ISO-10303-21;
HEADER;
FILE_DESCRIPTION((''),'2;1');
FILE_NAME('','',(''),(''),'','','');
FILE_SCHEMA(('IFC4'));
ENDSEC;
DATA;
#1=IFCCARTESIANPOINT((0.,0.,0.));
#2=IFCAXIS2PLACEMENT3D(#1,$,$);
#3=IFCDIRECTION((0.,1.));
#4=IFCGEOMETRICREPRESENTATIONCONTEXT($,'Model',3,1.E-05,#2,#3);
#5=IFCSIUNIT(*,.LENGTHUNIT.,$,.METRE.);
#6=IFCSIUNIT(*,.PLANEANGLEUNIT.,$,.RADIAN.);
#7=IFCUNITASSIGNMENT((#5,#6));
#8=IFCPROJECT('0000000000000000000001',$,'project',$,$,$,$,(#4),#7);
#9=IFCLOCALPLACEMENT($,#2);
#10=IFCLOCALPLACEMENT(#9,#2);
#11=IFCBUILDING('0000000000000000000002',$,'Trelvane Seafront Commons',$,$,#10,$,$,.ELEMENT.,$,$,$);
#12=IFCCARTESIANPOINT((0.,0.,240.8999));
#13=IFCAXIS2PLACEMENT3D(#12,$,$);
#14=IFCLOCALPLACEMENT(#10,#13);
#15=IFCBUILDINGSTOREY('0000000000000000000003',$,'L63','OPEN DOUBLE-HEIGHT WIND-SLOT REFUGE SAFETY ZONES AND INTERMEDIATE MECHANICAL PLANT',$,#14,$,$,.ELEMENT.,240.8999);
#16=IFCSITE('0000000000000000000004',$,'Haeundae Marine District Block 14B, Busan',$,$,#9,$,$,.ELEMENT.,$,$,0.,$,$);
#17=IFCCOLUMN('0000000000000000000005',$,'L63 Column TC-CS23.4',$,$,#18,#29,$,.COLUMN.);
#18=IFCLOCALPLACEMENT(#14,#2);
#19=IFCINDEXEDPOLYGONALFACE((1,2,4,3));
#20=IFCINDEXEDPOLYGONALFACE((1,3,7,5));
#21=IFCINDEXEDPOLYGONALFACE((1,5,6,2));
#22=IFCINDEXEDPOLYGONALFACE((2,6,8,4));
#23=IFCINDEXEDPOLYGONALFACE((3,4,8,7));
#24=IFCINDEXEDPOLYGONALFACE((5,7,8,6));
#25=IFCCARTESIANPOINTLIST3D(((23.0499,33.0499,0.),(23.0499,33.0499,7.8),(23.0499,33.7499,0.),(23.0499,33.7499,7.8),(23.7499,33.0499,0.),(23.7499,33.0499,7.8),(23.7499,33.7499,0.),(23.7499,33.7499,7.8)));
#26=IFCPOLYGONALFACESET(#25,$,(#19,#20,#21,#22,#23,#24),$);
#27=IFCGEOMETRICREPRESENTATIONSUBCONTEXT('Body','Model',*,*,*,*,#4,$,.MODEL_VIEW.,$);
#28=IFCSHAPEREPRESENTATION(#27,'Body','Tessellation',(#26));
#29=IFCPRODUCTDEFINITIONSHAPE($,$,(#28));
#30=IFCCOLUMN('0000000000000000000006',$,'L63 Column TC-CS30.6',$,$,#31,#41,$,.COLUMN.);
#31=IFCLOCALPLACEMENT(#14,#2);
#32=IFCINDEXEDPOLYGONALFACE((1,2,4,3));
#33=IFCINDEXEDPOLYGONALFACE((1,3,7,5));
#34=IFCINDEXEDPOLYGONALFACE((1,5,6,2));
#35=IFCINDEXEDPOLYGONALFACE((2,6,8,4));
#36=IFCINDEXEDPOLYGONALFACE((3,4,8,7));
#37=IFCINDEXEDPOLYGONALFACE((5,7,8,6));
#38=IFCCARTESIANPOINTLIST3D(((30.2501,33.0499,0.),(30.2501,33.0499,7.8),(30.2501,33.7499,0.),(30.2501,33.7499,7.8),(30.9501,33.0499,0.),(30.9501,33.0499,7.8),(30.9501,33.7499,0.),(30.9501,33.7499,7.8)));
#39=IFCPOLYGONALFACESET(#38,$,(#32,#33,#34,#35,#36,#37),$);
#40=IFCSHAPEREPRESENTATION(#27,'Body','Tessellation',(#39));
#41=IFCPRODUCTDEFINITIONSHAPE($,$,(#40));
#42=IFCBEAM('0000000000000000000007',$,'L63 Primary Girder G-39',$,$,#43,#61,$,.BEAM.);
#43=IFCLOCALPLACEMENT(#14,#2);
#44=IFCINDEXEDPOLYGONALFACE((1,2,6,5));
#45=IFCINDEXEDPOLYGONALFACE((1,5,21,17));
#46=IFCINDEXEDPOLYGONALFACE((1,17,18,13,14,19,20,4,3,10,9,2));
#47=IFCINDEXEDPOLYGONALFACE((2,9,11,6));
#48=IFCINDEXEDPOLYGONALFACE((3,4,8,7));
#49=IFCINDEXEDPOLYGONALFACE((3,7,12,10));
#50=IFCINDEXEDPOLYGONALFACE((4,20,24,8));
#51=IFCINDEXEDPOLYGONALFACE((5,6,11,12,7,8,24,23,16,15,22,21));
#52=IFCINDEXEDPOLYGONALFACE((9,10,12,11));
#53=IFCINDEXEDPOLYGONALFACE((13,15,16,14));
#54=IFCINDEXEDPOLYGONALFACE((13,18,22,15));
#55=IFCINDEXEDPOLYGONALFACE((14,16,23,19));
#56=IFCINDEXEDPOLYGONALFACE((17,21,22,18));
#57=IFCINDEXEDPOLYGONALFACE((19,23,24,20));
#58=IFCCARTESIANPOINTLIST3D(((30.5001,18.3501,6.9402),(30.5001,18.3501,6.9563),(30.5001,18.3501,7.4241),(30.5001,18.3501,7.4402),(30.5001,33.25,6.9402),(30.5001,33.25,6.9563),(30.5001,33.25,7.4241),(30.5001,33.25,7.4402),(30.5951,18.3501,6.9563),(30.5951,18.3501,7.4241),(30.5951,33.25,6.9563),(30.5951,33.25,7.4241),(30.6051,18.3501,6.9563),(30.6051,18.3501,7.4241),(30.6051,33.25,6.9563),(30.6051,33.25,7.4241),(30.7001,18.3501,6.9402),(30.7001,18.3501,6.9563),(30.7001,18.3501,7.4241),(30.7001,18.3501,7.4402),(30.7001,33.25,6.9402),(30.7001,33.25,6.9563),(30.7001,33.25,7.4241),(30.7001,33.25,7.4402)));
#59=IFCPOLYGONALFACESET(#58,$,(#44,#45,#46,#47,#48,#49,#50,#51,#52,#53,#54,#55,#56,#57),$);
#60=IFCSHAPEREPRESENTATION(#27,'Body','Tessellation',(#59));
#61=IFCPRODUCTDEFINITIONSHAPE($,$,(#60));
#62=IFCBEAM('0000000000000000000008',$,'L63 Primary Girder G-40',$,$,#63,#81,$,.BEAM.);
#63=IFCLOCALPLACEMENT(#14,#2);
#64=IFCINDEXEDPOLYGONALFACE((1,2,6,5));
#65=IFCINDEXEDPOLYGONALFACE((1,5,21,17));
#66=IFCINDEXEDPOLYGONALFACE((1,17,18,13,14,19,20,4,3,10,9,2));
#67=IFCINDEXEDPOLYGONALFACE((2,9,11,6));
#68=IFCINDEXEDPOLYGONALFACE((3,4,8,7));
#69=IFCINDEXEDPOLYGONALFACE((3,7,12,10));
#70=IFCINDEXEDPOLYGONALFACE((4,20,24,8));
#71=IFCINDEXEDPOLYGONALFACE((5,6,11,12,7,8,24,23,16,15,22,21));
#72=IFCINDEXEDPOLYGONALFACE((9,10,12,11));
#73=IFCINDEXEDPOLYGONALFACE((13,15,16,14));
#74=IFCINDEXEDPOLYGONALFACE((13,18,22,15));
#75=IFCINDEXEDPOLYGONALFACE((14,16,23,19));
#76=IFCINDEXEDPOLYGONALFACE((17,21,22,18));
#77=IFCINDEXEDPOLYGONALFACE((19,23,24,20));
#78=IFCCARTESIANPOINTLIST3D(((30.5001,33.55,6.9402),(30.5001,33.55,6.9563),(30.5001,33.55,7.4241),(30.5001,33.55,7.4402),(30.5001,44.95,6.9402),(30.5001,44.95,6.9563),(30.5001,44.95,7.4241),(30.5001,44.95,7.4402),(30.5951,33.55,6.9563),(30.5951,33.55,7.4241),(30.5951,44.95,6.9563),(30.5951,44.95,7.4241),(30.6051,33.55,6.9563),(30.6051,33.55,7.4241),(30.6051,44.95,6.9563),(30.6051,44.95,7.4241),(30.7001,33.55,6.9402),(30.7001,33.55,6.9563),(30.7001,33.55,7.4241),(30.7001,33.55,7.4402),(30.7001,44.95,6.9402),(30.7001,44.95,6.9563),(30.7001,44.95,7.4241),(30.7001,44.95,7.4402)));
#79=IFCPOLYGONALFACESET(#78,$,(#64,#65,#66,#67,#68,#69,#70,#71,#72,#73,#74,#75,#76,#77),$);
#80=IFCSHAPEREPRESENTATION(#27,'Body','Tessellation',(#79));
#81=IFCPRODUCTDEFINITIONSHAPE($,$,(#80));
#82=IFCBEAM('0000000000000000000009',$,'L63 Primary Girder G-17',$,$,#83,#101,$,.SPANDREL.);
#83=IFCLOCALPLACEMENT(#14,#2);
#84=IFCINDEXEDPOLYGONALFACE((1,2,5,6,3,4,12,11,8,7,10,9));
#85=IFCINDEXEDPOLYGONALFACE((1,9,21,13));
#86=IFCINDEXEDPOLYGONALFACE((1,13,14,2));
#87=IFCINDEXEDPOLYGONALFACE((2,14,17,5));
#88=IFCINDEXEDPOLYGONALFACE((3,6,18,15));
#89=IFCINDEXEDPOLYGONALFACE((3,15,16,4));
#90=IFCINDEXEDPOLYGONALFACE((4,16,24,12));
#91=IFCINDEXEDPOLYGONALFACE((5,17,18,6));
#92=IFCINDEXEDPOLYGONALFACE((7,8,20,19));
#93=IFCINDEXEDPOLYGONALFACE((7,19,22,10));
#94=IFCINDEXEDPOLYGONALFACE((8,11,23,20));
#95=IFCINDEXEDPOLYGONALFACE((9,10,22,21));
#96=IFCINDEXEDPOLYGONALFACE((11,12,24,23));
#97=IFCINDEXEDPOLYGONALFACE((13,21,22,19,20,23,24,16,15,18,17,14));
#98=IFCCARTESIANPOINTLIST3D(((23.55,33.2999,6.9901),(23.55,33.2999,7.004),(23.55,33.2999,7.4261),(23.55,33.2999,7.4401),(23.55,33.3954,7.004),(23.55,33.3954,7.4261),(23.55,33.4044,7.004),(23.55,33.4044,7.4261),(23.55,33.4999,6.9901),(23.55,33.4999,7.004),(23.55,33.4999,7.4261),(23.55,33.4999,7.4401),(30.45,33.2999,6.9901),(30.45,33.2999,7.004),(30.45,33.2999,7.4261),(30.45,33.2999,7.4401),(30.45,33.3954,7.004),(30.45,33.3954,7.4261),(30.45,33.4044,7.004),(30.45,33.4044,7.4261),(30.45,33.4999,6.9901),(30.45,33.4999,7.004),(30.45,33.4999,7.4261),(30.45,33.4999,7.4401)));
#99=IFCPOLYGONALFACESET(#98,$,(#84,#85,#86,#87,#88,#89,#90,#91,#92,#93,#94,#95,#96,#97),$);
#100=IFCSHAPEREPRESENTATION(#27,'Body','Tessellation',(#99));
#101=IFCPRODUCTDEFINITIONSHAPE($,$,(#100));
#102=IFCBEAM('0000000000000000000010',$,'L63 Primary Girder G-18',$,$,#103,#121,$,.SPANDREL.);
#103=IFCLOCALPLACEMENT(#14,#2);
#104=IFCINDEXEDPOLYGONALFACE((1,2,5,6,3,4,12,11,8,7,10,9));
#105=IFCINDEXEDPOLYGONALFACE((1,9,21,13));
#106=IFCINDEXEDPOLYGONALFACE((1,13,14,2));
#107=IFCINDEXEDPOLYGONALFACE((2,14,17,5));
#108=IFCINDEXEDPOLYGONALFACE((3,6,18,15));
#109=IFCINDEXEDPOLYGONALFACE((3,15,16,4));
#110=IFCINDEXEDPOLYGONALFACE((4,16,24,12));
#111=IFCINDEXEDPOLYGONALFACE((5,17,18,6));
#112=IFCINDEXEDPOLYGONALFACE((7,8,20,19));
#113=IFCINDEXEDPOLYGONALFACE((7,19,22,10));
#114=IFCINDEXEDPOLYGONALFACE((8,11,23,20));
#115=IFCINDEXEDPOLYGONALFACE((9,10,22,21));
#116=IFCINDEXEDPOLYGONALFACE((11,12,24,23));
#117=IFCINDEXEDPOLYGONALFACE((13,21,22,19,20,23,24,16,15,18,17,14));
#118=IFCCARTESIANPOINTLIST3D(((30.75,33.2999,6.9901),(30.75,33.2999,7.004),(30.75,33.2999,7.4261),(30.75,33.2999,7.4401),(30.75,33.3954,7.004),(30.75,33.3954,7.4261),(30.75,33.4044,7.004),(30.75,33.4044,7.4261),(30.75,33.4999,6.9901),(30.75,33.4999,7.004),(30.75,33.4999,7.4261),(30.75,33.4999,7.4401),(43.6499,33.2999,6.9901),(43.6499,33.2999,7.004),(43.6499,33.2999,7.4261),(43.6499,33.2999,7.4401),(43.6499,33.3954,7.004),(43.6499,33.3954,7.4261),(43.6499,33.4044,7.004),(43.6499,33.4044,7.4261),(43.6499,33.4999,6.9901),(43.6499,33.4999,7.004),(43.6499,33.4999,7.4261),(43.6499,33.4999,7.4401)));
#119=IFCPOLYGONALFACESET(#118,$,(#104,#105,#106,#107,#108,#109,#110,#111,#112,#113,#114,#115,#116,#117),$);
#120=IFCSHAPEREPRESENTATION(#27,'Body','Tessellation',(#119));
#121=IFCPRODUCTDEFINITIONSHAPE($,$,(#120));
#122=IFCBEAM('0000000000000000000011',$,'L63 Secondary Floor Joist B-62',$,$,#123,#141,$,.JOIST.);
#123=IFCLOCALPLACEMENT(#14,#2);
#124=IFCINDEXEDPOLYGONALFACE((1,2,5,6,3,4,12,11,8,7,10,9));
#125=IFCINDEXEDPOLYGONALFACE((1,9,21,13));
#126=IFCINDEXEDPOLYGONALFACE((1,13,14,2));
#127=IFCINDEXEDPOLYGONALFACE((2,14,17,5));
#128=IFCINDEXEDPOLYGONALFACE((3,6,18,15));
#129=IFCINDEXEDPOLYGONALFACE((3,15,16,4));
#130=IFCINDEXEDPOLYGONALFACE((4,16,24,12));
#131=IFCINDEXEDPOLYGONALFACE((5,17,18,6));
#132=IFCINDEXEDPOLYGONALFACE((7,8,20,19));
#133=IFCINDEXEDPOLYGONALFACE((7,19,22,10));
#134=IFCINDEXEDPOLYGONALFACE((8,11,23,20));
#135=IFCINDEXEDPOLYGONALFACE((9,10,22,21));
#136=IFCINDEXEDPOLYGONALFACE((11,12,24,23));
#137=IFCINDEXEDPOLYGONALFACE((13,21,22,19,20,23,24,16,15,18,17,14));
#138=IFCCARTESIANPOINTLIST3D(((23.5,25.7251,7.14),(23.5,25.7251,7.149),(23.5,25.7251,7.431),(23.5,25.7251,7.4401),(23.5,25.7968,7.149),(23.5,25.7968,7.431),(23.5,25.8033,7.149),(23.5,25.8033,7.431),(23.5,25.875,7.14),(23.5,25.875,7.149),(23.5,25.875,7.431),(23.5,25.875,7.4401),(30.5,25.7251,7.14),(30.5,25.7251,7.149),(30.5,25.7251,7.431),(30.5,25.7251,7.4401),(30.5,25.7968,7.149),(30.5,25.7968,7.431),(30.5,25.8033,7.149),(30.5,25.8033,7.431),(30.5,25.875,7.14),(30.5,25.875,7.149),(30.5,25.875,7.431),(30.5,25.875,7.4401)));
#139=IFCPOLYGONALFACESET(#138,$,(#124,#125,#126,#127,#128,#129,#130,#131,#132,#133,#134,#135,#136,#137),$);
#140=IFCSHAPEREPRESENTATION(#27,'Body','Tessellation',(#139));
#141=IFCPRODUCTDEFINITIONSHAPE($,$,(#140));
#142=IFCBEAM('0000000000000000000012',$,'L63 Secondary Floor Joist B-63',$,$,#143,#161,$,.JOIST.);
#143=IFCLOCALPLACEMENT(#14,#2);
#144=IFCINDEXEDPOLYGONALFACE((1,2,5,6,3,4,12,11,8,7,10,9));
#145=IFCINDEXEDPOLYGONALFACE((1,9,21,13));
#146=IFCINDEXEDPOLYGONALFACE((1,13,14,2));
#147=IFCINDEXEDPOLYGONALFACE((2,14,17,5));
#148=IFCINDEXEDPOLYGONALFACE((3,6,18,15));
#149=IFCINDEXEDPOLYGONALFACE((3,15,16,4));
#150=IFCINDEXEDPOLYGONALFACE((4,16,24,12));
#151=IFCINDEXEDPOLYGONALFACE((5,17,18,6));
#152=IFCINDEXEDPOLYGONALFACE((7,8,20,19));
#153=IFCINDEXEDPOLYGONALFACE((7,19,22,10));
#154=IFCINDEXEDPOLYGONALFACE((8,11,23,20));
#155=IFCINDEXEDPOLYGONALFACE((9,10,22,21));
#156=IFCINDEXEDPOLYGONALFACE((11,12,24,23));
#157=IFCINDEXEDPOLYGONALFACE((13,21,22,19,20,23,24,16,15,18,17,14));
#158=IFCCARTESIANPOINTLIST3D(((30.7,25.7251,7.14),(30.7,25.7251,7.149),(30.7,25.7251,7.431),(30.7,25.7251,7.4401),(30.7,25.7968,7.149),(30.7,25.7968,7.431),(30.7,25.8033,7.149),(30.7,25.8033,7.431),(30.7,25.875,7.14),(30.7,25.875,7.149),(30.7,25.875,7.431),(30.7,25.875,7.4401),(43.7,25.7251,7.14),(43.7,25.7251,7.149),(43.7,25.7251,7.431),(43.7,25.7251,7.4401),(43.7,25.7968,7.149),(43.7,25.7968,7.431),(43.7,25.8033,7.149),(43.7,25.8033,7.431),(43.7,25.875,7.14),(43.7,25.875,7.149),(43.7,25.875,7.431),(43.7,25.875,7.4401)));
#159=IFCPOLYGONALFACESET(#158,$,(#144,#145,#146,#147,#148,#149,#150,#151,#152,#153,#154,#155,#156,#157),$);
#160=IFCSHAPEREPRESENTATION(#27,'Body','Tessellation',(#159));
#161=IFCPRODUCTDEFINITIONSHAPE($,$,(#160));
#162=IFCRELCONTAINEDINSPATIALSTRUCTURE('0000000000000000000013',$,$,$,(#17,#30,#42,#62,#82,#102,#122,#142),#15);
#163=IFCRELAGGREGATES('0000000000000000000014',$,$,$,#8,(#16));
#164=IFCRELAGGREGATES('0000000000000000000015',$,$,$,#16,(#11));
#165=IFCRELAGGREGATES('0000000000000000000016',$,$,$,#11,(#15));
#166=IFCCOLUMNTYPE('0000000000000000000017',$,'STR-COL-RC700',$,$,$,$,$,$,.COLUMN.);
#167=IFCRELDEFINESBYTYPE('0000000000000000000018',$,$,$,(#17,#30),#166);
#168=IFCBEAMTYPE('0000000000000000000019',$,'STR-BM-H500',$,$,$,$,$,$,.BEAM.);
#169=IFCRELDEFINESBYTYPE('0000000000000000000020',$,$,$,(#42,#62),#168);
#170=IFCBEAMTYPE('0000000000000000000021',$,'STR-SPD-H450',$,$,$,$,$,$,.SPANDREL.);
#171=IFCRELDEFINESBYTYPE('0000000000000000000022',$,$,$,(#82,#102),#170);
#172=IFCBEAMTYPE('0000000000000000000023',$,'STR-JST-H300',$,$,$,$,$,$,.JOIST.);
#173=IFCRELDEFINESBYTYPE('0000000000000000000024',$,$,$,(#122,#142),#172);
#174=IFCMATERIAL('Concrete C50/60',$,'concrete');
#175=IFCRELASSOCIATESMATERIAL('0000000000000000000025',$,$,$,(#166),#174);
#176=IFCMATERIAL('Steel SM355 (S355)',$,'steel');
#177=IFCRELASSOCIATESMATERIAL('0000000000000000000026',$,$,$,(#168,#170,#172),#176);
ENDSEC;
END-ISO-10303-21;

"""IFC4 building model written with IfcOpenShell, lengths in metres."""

from ifc_helpers import new_model, si_unit, direction, frame, origin, origin_2d, place, context, subcontext, project, spatial, rectangle, i_section, extrude, source, transform, mapped, material, material_profile, profile_set, type_object, element, save


model = new_model("IFC4")

# Units and contexts
model_context = context("Model", 3, precision=1e-05, world=origin(), true_north=direction((0.0, 1.0)))
body_context = subcontext(model_context, "Body", "Model", "MODEL_VIEW")
ifc_project = project(units=[si_unit("LENGTHUNIT", "METRE"), si_unit("PLANEANGLEUNIT", "RADIAN")], contexts=[model_context])

# Site, building, storey
site_placement = place(None, origin())
site = spatial("IfcSite", under=ifc_project, at=site_placement, Name="Haeundae Marine District Block 14B, Busan", CompositionType="ELEMENT", RefElevation=0.0)
building_placement = place(site_placement, origin())
building = spatial("IfcBuilding", under=site, at=building_placement, Name="Trelvane Seafront Commons", CompositionType="ELEMENT")
storey_placement = place(building_placement, frame((0.0, 0.0, 240.8999)))
storey = spatial("IfcBuildingStorey", under=building, at=storey_placement, Name="L63", Description="OPEN DOUBLE-HEIGHT WIND-SLOT REFUGE SAFETY ZONES AND INTERMEDIATE MECHANICAL PLANT", CompositionType="ELEMENT", Elevation=240.8999)

# Columns
ifc_material_1 = material(Name="Concrete C50/60", Category="concrete")
ifc_material_profile_1 = material_profile(ifc_material_1, rectangle(XDim=0.7, YDim=0.7, at=origin_2d()), Name="RC-700x700")
ifc_profile_set_1 = profile_set([ifc_material_profile_1], Name="Concrete C50/60")
column_type = type_object("IfcColumnType", Name="STR-COL-RC700", PredefinedType="COLUMN", material=ifc_profile_set_1)
shared_shape_1 = source(origin(), body_context, "Body", "SweptSolid", [
    extrude(rectangle(XDim=0.7, YDim=0.7, at=origin_2d()), origin(), (0.0, 0.0, 1.0), 7.8),
])
for number, where, z_axis, x_axis, name in (
    (1, (23.3999, 33.3999, 0.0), (0.0, 0.0, 1.0), (1.0, 0.0, 0.0), "L63 Column TC-CS23.4"),
    (2, (30.6001, 33.3999, 0.0), (0.0, 0.0, 1.0), (1.0, 0.0, 0.0), "L63 Column TC-CS30.6"),
):
    element("IfcColumn", number, at=place(storey_placement, frame(where, z_axis=z_axis, x_axis=x_axis)), inside=storey, type_object=column_type, Name=name, PredefinedType="COLUMN", context=body_context, shape_type="MappedRepresentation", body=[
        mapped(shared_shape_1, transform((0.0, 0.0, 0.0), x_axis=(1.0, 0.0, 0.0), y_axis=(0.0, 1.0, 0.0), z_axis=(0.0, 0.0, 1.0), scale=1.0)),
    ])

# Beams
ifc_material_2 = material(Name="Steel SM355 (S355)", Category="steel")
ifc_material_profile_2 = material_profile(ifc_material_2, i_section(OverallWidth=0.2, OverallDepth=0.5, WebThickness=0.01, FlangeThickness=0.0161, at=origin_2d()), Name="H-500x200x10x16")
ifc_profile_set_2 = profile_set([ifc_material_profile_2], Name="Steel SM355 (S355)")
beam_type_1 = type_object("IfcBeamType", Name="STR-BM-H500", PredefinedType="BEAM", material=ifc_profile_set_2)
shared_shape_2 = source(origin(), body_context, "Body", "SweptSolid", [
    extrude(i_section(OverallWidth=0.2, OverallDepth=0.5, WebThickness=0.01, FlangeThickness=0.0161, at=origin_2d()), origin(), (0.0, 0.0, 1.0), 14.8999),
])
beam_1_placement = place(storey_placement, frame((30.6001, 18.3501, 7.1902), z_axis=(0.0, 1.0, 0.0), x_axis=(-1.0, 0.0, 0.0)))
element("IfcBeam", 3, at=beam_1_placement, inside=storey, type_object=beam_type_1, Name="L63 Primary Girder G-39", PredefinedType="BEAM", context=body_context, shape_type="MappedRepresentation", body=[
    mapped(shared_shape_2, transform((0.0, 0.0, 0.0), x_axis=(1.0, 0.0, 0.0), y_axis=(0.0, 1.0, 0.0), z_axis=(0.0, 0.0, 1.0), scale=1.0)),
])
shared_shape_3 = source(origin(), body_context, "Body", "SweptSolid", [
    extrude(i_section(OverallWidth=0.2, OverallDepth=0.5, WebThickness=0.01, FlangeThickness=0.0161, at=origin_2d()), origin(), (0.0, 0.0, 1.0), 11.3999),
])
beam_2_placement = place(storey_placement, frame((30.6001, 33.55, 7.1902), z_axis=(0.0, 1.0, 0.0), x_axis=(-1.0, 0.0, 0.0)))
element("IfcBeam", 4, at=beam_2_placement, inside=storey, type_object=beam_type_1, Name="L63 Primary Girder G-40", PredefinedType="BEAM", context=body_context, shape_type="MappedRepresentation", body=[
    mapped(shared_shape_3, transform((0.0, 0.0, 0.0), x_axis=(1.0, 0.0, 0.0), y_axis=(0.0, 1.0, 0.0), z_axis=(0.0, 0.0, 1.0), scale=1.0)),
])
ifc_material_profile_3 = material_profile(ifc_material_2, i_section(OverallWidth=0.2, OverallDepth=0.45, WebThickness=0.009, FlangeThickness=0.0139, at=origin_2d()), Name="H-450x200x9x14")
ifc_profile_set_3 = profile_set([ifc_material_profile_3], Name="Steel SM355 (S355)")
beam_type_2 = type_object("IfcBeamType", Name="STR-SPD-H450", PredefinedType="SPANDREL", material=ifc_profile_set_3)
shared_shape_4 = source(origin(), body_context, "Body", "SweptSolid", [
    extrude(i_section(OverallWidth=0.2, OverallDepth=0.45, WebThickness=0.009, FlangeThickness=0.0139, at=origin_2d()), origin(), (0.0, 0.0, 1.0), 6.8999),
])
beam_3_placement = place(storey_placement, frame((23.55, 33.3999, 7.2151), z_axis=(1.0, 0.0, 0.0), x_axis=(0.0, 1.0, 0.0)))
element("IfcBeam", 5, at=beam_3_placement, inside=storey, type_object=beam_type_2, Name="L63 Primary Girder G-17", PredefinedType="SPANDREL", context=body_context, shape_type="MappedRepresentation", body=[
    mapped(shared_shape_4, transform((0.0, 0.0, 0.0), x_axis=(1.0, 0.0, 0.0), y_axis=(0.0, 1.0, 0.0), z_axis=(0.0, 0.0, 1.0), scale=1.0)),
])
shared_shape_5 = source(origin(), body_context, "Body", "SweptSolid", [
    extrude(i_section(OverallWidth=0.2, OverallDepth=0.45, WebThickness=0.009, FlangeThickness=0.0139, at=origin_2d()), origin(), (0.0, 0.0, 1.0), 12.8999),
])
beam_4_placement = place(storey_placement, frame((30.75, 33.3999, 7.2151), z_axis=(1.0, 0.0, 0.0), x_axis=(0.0, 1.0, 0.0)))
element("IfcBeam", 6, at=beam_4_placement, inside=storey, type_object=beam_type_2, Name="L63 Primary Girder G-18", PredefinedType="SPANDREL", context=body_context, shape_type="MappedRepresentation", body=[
    mapped(shared_shape_5, transform((0.0, 0.0, 0.0), x_axis=(1.0, 0.0, 0.0), y_axis=(0.0, 1.0, 0.0), z_axis=(0.0, 0.0, 1.0), scale=1.0)),
])
ifc_material_profile_4 = material_profile(ifc_material_2, i_section(OverallWidth=0.1499, OverallDepth=0.3, WebThickness=0.0066, FlangeThickness=0.009, at=origin_2d()), Name="H-300x150x6.5x9")
ifc_profile_set_4 = profile_set([ifc_material_profile_4], Name="Steel SM355 (S355)")
beam_type_3 = type_object("IfcBeamType", Name="STR-JST-H300", PredefinedType="JOIST", material=ifc_profile_set_4)
shared_shape_6 = source(origin(), body_context, "Body", "SweptSolid", [
    extrude(i_section(OverallWidth=0.1499, OverallDepth=0.3, WebThickness=0.0066, FlangeThickness=0.009, at=origin_2d()), origin(), (0.0, 0.0, 1.0), 7.0),
])
beam_5_placement = place(storey_placement, frame((23.5, 25.8, 7.29), z_axis=(1.0, 0.0, 0.0), x_axis=(0.0, 1.0, 0.0)))
element("IfcBeam", 7, at=beam_5_placement, inside=storey, type_object=beam_type_3, Name="L63 Secondary Floor Joist B-62", PredefinedType="JOIST", context=body_context, shape_type="MappedRepresentation", body=[
    mapped(shared_shape_6, transform((0.0, 0.0, 0.0), x_axis=(1.0, 0.0, 0.0), y_axis=(0.0, 1.0, 0.0), z_axis=(0.0, 0.0, 1.0), scale=1.0)),
])
shared_shape_7 = source(origin(), body_context, "Body", "SweptSolid", [
    extrude(i_section(OverallWidth=0.1499, OverallDepth=0.3, WebThickness=0.0066, FlangeThickness=0.009, at=origin_2d()), origin(), (0.0, 0.0, 1.0), 13.0),
])
beam_6_placement = place(storey_placement, frame((30.7, 25.8, 7.29), z_axis=(1.0, 0.0, 0.0), x_axis=(0.0, 1.0, 0.0)))
element("IfcBeam", 8, at=beam_6_placement, inside=storey, type_object=beam_type_3, Name="L63 Secondary Floor Joist B-63", PredefinedType="JOIST", context=body_context, shape_type="MappedRepresentation", body=[
    mapped(shared_shape_7, transform((0.0, 0.0, 0.0), x_axis=(1.0, 0.0, 0.0), y_axis=(0.0, 1.0, 0.0), z_axis=(0.0, 0.0, 1.0), scale=1.0)),
])

save(model, "model.ifc")
